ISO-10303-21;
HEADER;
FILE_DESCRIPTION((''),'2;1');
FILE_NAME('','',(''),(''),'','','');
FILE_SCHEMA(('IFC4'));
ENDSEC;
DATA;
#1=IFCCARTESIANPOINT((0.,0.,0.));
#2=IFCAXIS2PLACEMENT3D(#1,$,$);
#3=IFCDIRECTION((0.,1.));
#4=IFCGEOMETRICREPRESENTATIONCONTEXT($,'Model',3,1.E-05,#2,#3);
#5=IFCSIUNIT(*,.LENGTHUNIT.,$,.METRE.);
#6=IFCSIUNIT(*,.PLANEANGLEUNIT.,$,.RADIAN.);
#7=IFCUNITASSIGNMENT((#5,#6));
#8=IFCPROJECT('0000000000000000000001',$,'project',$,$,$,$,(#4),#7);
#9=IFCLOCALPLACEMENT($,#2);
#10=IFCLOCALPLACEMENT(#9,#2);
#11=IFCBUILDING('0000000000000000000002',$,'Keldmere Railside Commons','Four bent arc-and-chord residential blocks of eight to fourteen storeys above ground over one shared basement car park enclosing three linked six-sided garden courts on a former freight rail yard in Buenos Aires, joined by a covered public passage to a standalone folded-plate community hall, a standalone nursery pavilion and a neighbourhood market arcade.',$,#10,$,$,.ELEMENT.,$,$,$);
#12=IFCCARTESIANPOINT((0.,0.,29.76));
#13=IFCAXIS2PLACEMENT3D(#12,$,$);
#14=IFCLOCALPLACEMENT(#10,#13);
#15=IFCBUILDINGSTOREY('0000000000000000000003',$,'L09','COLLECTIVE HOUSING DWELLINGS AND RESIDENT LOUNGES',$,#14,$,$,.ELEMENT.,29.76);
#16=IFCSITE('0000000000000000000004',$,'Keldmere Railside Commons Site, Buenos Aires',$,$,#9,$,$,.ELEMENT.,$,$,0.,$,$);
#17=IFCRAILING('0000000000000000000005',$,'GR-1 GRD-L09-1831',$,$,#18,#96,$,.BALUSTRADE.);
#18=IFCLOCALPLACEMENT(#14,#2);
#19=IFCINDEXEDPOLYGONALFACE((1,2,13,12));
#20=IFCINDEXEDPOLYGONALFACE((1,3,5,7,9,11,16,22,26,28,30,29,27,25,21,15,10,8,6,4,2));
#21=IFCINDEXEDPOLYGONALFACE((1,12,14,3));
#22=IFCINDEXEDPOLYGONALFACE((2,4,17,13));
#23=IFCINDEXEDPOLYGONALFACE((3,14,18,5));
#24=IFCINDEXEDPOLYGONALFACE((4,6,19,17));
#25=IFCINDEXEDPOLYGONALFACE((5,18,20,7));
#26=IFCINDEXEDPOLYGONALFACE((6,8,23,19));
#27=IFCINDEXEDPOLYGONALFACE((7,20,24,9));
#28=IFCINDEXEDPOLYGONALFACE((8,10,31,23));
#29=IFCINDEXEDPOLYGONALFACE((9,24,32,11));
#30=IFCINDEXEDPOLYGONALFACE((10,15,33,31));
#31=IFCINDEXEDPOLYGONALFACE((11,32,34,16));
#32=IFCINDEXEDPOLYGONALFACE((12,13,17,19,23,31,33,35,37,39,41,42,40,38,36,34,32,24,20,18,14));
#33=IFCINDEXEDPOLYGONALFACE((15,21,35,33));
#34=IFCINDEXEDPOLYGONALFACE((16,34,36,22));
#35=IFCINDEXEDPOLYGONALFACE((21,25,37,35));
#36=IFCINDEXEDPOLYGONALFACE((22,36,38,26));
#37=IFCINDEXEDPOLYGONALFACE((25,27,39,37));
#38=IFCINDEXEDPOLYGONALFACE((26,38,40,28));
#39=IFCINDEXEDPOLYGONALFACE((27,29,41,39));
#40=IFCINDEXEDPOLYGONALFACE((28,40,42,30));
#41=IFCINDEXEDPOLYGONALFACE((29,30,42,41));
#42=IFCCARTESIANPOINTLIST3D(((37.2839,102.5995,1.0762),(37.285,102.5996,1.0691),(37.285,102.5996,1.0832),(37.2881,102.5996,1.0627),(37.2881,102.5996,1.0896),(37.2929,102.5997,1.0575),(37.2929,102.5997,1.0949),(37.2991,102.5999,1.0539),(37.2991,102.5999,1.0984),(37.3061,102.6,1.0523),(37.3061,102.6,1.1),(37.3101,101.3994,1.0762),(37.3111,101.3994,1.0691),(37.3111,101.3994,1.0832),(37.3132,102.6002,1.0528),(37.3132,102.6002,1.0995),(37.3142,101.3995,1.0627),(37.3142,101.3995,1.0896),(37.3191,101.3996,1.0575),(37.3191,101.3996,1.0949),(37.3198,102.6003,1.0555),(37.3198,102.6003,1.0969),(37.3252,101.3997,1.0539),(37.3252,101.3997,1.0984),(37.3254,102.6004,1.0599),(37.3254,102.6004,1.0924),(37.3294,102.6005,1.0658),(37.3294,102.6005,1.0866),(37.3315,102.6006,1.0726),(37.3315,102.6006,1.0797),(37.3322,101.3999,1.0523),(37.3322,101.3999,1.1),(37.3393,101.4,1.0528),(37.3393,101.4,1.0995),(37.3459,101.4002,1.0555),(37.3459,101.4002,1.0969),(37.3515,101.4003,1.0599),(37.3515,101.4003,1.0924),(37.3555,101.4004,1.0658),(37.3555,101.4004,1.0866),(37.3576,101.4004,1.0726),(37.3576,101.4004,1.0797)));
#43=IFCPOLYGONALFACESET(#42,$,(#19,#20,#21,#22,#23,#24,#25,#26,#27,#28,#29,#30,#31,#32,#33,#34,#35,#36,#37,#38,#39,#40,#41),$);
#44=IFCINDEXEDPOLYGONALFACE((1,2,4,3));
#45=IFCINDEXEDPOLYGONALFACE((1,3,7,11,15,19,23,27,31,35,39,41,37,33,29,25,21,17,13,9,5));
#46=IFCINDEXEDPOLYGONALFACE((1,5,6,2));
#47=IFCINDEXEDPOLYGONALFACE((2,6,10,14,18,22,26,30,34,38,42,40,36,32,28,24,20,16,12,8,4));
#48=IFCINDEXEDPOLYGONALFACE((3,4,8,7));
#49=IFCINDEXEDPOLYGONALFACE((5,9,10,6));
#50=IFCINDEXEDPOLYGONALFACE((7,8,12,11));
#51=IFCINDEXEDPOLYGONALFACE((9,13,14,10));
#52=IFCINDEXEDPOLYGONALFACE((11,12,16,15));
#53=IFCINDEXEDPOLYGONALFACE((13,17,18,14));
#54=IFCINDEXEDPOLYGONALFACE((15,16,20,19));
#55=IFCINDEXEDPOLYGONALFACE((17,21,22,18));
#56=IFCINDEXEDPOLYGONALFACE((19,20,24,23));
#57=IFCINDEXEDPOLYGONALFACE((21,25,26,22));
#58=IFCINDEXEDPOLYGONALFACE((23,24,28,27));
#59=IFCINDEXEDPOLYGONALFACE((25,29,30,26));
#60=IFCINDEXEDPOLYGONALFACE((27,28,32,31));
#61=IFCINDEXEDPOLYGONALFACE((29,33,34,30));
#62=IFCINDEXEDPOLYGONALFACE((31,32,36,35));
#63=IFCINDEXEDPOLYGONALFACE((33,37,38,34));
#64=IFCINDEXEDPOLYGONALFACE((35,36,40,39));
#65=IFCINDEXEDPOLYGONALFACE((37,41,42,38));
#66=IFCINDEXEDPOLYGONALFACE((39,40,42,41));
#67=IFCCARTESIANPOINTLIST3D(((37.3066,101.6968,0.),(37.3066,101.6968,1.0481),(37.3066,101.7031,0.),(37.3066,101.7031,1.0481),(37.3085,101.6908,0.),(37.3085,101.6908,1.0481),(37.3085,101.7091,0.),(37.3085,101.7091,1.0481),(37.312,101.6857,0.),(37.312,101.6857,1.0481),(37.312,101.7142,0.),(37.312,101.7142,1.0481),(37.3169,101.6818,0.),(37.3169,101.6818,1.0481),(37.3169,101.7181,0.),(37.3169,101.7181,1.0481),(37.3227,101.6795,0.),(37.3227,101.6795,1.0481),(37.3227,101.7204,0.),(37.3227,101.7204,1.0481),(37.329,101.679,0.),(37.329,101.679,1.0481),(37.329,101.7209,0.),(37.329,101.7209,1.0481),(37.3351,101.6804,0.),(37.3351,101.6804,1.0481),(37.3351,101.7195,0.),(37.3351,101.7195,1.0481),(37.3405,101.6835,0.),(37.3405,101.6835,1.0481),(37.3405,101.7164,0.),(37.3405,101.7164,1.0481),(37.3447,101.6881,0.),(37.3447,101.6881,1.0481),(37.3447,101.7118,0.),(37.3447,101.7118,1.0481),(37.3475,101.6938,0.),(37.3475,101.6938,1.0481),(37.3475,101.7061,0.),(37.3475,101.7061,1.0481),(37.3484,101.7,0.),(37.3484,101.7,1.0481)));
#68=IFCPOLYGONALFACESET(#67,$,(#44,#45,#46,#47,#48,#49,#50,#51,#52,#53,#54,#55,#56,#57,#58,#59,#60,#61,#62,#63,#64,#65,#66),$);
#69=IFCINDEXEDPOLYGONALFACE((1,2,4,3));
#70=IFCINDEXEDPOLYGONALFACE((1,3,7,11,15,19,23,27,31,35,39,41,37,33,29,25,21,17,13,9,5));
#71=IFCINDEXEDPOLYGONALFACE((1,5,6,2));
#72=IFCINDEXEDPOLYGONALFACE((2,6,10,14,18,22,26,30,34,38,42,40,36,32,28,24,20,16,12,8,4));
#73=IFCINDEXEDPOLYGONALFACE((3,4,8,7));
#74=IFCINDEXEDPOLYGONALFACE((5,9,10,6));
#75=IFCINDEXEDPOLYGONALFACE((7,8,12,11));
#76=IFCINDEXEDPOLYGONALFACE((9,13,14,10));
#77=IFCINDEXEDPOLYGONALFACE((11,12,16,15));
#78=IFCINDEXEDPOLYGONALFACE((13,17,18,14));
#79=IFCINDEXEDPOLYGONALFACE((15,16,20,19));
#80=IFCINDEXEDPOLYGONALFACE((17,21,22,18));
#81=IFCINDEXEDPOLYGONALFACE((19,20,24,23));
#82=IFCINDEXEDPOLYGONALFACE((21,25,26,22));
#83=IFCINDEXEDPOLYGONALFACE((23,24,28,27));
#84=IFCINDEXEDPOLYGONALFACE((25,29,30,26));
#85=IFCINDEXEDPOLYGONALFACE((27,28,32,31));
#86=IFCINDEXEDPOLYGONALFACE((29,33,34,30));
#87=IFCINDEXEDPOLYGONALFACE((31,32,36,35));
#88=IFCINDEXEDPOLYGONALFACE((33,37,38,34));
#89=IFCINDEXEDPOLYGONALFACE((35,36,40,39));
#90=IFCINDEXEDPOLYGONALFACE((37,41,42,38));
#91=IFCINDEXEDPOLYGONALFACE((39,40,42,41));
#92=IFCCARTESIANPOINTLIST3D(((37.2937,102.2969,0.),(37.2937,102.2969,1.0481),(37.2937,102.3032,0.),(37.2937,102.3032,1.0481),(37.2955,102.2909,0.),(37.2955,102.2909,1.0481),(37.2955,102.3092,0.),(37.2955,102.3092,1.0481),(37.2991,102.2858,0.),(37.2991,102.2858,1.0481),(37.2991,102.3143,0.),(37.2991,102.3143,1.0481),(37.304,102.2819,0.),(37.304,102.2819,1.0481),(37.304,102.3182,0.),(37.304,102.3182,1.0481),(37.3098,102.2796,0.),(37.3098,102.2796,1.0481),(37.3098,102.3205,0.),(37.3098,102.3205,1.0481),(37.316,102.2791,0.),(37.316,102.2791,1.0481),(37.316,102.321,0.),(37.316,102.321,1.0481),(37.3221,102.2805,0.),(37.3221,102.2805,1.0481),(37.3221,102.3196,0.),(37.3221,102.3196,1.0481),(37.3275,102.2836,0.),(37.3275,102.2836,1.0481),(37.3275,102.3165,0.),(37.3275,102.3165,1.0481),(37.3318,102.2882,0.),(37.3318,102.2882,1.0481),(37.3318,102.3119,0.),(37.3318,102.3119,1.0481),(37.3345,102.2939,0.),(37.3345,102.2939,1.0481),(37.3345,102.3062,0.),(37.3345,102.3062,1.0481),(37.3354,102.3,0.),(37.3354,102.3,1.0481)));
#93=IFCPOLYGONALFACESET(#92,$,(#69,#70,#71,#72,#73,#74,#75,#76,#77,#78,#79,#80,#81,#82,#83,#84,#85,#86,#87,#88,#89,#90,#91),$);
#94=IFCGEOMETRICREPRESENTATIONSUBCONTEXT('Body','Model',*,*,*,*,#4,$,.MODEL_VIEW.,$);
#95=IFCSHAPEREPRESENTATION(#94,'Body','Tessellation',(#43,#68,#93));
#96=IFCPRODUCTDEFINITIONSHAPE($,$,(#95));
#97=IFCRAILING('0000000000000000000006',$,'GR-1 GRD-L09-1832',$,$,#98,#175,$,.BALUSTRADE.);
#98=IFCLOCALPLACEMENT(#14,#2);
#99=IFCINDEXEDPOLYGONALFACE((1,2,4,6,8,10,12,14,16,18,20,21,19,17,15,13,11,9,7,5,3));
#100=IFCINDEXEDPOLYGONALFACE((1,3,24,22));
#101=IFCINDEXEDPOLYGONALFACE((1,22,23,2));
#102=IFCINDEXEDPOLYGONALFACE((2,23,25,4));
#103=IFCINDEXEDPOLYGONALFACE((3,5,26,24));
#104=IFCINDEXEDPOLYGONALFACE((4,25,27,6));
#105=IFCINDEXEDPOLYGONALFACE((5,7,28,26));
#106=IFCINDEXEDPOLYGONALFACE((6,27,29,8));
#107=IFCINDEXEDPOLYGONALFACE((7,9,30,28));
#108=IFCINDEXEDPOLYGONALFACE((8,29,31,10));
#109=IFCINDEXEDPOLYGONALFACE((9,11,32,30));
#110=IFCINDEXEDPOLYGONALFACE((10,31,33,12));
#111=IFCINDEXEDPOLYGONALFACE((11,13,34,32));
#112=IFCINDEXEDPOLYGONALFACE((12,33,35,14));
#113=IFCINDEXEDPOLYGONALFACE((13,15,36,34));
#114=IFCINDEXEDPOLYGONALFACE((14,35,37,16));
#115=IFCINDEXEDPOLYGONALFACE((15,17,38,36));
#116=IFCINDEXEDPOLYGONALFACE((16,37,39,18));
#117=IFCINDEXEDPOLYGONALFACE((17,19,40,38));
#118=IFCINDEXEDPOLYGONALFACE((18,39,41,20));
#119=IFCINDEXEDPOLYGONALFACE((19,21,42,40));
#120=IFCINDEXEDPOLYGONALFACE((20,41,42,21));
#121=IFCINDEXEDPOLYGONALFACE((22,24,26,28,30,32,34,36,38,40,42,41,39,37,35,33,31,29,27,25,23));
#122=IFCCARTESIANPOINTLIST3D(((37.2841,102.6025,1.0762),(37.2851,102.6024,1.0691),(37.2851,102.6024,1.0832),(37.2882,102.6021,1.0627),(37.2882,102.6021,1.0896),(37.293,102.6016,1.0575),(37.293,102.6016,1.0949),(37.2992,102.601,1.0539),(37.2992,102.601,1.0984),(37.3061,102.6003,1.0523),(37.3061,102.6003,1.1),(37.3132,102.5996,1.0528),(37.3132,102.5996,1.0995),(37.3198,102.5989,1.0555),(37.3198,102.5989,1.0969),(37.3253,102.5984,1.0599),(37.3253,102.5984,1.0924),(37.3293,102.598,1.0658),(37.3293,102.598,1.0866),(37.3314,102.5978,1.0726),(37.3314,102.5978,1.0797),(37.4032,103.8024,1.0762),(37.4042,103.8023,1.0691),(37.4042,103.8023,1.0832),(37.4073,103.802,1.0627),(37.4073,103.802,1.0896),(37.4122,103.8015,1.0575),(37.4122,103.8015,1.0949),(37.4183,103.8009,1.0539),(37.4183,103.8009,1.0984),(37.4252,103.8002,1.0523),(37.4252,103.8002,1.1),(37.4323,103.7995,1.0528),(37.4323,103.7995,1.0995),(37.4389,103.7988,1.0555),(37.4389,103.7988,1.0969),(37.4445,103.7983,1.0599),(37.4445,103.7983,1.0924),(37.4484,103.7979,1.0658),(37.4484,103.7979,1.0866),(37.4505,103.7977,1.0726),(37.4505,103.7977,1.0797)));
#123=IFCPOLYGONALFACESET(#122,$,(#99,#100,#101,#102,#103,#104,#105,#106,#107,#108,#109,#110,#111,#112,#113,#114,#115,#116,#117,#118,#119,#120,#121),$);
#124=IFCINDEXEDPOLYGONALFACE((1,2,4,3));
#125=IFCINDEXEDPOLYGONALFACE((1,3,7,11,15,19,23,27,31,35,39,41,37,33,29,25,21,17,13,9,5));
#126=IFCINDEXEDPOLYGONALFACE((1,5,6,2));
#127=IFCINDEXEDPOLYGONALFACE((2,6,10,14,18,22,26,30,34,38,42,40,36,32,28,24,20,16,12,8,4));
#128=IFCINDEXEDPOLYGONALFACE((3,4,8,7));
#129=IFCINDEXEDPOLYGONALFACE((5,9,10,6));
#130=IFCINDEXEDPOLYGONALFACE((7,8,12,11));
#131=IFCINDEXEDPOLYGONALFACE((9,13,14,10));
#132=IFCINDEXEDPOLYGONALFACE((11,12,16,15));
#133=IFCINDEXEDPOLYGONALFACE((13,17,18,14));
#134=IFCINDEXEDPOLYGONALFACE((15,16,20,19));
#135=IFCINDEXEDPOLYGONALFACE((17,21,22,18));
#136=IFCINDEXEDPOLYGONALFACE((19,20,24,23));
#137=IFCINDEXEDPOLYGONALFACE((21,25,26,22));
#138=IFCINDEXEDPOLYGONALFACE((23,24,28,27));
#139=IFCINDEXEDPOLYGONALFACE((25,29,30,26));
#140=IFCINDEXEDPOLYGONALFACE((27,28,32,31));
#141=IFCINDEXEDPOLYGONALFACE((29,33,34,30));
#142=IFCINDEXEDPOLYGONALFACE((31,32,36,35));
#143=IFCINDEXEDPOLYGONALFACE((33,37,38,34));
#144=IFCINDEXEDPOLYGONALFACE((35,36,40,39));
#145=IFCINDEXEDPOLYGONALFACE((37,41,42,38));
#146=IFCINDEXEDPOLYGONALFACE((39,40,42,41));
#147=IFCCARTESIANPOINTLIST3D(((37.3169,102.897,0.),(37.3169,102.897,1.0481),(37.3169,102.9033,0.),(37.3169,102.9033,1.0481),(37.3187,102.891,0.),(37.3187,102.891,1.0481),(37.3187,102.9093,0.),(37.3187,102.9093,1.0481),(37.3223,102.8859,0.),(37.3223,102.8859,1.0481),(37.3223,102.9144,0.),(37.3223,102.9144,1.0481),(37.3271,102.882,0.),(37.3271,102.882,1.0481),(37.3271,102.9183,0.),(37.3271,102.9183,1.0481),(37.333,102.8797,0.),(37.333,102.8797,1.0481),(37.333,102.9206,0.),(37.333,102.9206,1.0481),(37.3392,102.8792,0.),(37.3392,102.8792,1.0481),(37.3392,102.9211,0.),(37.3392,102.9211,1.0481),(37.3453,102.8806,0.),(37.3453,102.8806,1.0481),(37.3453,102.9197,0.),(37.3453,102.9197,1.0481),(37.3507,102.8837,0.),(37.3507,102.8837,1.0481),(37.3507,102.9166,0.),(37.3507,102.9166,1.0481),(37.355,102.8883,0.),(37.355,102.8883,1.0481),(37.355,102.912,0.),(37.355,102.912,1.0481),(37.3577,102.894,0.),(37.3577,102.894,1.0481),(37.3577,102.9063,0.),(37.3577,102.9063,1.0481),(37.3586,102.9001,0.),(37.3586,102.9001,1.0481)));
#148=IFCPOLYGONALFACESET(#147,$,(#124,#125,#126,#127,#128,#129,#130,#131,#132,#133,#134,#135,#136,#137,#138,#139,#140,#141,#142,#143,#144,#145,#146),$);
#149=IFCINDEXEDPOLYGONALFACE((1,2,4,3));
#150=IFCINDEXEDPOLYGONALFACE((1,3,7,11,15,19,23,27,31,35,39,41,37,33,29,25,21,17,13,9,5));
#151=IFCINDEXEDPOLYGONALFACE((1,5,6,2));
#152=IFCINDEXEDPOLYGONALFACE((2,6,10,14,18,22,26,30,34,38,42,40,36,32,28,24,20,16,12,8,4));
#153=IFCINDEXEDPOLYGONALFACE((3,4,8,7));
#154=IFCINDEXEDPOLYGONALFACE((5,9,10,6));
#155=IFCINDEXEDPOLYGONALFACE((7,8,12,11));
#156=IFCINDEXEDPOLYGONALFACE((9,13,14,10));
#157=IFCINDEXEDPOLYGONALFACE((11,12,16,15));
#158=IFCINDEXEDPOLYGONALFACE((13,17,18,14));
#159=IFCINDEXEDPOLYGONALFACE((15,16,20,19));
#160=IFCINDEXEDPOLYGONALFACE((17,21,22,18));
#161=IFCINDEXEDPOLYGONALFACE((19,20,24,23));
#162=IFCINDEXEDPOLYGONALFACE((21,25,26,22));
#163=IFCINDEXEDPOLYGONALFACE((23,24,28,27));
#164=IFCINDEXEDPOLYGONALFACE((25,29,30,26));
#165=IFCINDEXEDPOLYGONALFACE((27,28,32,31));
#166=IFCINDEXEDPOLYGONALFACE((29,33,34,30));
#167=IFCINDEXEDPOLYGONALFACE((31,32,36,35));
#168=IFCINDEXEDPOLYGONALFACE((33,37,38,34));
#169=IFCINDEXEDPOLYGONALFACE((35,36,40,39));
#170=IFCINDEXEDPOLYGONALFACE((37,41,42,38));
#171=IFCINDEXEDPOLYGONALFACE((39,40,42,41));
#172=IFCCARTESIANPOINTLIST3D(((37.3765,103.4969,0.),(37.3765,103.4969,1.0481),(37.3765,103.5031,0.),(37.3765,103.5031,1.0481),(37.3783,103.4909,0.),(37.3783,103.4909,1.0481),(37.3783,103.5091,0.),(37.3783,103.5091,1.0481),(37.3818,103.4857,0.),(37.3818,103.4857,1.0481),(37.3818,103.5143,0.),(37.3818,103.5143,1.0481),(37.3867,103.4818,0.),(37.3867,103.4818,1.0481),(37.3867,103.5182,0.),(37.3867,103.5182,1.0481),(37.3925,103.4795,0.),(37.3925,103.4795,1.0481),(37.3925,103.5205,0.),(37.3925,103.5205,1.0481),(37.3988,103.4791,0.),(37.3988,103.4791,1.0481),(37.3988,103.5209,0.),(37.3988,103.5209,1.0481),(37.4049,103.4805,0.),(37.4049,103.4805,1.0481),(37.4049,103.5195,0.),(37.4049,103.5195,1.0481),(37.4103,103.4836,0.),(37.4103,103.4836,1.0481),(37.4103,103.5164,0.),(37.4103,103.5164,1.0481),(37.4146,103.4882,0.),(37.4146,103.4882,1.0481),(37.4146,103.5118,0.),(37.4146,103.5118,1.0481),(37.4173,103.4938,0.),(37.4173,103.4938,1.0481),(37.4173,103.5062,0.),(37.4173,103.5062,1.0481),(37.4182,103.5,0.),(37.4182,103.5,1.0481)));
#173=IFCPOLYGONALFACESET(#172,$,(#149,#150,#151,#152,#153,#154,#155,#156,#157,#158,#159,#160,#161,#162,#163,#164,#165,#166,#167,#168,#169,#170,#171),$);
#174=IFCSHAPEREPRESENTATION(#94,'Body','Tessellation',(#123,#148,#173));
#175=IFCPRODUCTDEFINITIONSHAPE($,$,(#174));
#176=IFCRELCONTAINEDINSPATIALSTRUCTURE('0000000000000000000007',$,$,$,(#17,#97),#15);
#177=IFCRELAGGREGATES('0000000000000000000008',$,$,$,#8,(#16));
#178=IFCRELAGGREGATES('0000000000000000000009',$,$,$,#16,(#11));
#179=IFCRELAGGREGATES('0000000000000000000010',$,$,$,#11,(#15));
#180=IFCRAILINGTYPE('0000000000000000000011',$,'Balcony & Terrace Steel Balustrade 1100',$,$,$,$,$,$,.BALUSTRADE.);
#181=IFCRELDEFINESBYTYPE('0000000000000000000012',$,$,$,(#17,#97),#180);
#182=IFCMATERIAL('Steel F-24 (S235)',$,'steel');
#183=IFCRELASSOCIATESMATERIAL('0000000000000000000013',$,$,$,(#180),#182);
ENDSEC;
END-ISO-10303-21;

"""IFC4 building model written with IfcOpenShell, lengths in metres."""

from ifc_helpers import new_model, si_unit, direction, frame, origin, origin_2d, place, context, subcontext, project, spatial, circle, extrude, material, type_object, element, save


model = new_model("IFC4")

# Units and contexts
model_context = context("Model", 3, precision=1e-05, world=origin(), true_north=direction((0.0, 1.0)))
body_context = subcontext(model_context, "Body", "Model", "MODEL_VIEW")
ifc_project = project(units=[si_unit("LENGTHUNIT", "METRE"), si_unit("PLANEANGLEUNIT", "RADIAN")], contexts=[model_context])

# Site, building, storey
site_placement = place(None, origin())
site = spatial("IfcSite", under=ifc_project, at=site_placement, Name="Keldmere Railside Commons Site, Buenos Aires", CompositionType="ELEMENT", RefElevation=0.0)
building_placement = place(site_placement, origin())
building = spatial("IfcBuilding", under=site, at=building_placement, Name="Keldmere Railside Commons", Description="Four bent arc-and-chord residential blocks of eight to fourteen storeys above ground over one shared basement car park enclosing three linked six-sided garden courts on a former freight rail yard in Buenos Aires, joined by a covered public passage to a standalone folded-plate community hall, a standalone nursery pavilion and a neighbourhood market arcade.", CompositionType="ELEMENT")
storey_placement = place(building_placement, frame((0.0, 0.0, 29.76)))
storey = spatial("IfcBuildingStorey", under=building, at=storey_placement, Name="L09", Description="COLLECTIVE HOUSING DWELLINGS AND RESIDENT LOUNGES", CompositionType="ELEMENT", Elevation=29.76)

# Railings
ifc_material_1 = material(Name="Steel F-24 (S235)", Category="steel")
railing_type = type_object("IfcRailingType", Name="Balcony & Terrace Steel Balustrade 1100", PredefinedType="BALUSTRADE", material=ifc_material_1)
railing_1_placement = place(storey_placement, frame((37.334, 101.3999, 0.0)))
element("IfcRailing", 1, at=railing_1_placement, inside=storey, type_object=railing_type, Name="GR-1 GRD-L09-1831", PredefinedType="BALUSTRADE", context=body_context, shape_type="SweptSolid", body=[
    extrude(circle(Radius=0.0239, at=origin_2d()), frame((0.0, 0.0, 1.0762), z_axis=(-0.021761, 0.999763, 0.0), x_axis=(-0.999763, -0.021761, 0.0)), (0.0, 0.0, 1.0), 1.2004),
    extrude(circle(Radius=0.021, at=origin_2d()), frame((-0.0066, 0.3, 0.0)), (0.0, 0.0, 1.0), 1.0481),
    extrude(circle(Radius=0.021, at=origin_2d()), frame((-0.0195, 0.9001, 0.0)), (0.0, 0.0, 1.0), 1.0481),
])
railing_2_placement = place(storey_placement, frame((37.3079, 102.6001, 0.0)))
element("IfcRailing", 2, at=railing_2_placement, inside=storey, type_object=railing_type, Name="GR-1 GRD-L09-1832", PredefinedType="BALUSTRADE", context=body_context, shape_type="SweptSolid", body=[
    extrude(circle(Radius=0.0239, at=origin_2d()), frame((0.0, 0.0, 1.0762), z_axis=(0.098802, 0.995107, 0.0), x_axis=(-0.995107, 0.098802, 0.0)), (0.0, 0.0, 1.0), 1.2058),
    extrude(circle(Radius=0.021, at=origin_2d()), frame((0.0298, 0.3, 0.0)), (0.0, 0.0, 1.0), 1.0481),
    extrude(circle(Radius=0.021, at=origin_2d()), frame((0.0894, 0.8999, 0.0)), (0.0, 0.0, 1.0), 1.0481),
])

save(model, "model.ifc")
